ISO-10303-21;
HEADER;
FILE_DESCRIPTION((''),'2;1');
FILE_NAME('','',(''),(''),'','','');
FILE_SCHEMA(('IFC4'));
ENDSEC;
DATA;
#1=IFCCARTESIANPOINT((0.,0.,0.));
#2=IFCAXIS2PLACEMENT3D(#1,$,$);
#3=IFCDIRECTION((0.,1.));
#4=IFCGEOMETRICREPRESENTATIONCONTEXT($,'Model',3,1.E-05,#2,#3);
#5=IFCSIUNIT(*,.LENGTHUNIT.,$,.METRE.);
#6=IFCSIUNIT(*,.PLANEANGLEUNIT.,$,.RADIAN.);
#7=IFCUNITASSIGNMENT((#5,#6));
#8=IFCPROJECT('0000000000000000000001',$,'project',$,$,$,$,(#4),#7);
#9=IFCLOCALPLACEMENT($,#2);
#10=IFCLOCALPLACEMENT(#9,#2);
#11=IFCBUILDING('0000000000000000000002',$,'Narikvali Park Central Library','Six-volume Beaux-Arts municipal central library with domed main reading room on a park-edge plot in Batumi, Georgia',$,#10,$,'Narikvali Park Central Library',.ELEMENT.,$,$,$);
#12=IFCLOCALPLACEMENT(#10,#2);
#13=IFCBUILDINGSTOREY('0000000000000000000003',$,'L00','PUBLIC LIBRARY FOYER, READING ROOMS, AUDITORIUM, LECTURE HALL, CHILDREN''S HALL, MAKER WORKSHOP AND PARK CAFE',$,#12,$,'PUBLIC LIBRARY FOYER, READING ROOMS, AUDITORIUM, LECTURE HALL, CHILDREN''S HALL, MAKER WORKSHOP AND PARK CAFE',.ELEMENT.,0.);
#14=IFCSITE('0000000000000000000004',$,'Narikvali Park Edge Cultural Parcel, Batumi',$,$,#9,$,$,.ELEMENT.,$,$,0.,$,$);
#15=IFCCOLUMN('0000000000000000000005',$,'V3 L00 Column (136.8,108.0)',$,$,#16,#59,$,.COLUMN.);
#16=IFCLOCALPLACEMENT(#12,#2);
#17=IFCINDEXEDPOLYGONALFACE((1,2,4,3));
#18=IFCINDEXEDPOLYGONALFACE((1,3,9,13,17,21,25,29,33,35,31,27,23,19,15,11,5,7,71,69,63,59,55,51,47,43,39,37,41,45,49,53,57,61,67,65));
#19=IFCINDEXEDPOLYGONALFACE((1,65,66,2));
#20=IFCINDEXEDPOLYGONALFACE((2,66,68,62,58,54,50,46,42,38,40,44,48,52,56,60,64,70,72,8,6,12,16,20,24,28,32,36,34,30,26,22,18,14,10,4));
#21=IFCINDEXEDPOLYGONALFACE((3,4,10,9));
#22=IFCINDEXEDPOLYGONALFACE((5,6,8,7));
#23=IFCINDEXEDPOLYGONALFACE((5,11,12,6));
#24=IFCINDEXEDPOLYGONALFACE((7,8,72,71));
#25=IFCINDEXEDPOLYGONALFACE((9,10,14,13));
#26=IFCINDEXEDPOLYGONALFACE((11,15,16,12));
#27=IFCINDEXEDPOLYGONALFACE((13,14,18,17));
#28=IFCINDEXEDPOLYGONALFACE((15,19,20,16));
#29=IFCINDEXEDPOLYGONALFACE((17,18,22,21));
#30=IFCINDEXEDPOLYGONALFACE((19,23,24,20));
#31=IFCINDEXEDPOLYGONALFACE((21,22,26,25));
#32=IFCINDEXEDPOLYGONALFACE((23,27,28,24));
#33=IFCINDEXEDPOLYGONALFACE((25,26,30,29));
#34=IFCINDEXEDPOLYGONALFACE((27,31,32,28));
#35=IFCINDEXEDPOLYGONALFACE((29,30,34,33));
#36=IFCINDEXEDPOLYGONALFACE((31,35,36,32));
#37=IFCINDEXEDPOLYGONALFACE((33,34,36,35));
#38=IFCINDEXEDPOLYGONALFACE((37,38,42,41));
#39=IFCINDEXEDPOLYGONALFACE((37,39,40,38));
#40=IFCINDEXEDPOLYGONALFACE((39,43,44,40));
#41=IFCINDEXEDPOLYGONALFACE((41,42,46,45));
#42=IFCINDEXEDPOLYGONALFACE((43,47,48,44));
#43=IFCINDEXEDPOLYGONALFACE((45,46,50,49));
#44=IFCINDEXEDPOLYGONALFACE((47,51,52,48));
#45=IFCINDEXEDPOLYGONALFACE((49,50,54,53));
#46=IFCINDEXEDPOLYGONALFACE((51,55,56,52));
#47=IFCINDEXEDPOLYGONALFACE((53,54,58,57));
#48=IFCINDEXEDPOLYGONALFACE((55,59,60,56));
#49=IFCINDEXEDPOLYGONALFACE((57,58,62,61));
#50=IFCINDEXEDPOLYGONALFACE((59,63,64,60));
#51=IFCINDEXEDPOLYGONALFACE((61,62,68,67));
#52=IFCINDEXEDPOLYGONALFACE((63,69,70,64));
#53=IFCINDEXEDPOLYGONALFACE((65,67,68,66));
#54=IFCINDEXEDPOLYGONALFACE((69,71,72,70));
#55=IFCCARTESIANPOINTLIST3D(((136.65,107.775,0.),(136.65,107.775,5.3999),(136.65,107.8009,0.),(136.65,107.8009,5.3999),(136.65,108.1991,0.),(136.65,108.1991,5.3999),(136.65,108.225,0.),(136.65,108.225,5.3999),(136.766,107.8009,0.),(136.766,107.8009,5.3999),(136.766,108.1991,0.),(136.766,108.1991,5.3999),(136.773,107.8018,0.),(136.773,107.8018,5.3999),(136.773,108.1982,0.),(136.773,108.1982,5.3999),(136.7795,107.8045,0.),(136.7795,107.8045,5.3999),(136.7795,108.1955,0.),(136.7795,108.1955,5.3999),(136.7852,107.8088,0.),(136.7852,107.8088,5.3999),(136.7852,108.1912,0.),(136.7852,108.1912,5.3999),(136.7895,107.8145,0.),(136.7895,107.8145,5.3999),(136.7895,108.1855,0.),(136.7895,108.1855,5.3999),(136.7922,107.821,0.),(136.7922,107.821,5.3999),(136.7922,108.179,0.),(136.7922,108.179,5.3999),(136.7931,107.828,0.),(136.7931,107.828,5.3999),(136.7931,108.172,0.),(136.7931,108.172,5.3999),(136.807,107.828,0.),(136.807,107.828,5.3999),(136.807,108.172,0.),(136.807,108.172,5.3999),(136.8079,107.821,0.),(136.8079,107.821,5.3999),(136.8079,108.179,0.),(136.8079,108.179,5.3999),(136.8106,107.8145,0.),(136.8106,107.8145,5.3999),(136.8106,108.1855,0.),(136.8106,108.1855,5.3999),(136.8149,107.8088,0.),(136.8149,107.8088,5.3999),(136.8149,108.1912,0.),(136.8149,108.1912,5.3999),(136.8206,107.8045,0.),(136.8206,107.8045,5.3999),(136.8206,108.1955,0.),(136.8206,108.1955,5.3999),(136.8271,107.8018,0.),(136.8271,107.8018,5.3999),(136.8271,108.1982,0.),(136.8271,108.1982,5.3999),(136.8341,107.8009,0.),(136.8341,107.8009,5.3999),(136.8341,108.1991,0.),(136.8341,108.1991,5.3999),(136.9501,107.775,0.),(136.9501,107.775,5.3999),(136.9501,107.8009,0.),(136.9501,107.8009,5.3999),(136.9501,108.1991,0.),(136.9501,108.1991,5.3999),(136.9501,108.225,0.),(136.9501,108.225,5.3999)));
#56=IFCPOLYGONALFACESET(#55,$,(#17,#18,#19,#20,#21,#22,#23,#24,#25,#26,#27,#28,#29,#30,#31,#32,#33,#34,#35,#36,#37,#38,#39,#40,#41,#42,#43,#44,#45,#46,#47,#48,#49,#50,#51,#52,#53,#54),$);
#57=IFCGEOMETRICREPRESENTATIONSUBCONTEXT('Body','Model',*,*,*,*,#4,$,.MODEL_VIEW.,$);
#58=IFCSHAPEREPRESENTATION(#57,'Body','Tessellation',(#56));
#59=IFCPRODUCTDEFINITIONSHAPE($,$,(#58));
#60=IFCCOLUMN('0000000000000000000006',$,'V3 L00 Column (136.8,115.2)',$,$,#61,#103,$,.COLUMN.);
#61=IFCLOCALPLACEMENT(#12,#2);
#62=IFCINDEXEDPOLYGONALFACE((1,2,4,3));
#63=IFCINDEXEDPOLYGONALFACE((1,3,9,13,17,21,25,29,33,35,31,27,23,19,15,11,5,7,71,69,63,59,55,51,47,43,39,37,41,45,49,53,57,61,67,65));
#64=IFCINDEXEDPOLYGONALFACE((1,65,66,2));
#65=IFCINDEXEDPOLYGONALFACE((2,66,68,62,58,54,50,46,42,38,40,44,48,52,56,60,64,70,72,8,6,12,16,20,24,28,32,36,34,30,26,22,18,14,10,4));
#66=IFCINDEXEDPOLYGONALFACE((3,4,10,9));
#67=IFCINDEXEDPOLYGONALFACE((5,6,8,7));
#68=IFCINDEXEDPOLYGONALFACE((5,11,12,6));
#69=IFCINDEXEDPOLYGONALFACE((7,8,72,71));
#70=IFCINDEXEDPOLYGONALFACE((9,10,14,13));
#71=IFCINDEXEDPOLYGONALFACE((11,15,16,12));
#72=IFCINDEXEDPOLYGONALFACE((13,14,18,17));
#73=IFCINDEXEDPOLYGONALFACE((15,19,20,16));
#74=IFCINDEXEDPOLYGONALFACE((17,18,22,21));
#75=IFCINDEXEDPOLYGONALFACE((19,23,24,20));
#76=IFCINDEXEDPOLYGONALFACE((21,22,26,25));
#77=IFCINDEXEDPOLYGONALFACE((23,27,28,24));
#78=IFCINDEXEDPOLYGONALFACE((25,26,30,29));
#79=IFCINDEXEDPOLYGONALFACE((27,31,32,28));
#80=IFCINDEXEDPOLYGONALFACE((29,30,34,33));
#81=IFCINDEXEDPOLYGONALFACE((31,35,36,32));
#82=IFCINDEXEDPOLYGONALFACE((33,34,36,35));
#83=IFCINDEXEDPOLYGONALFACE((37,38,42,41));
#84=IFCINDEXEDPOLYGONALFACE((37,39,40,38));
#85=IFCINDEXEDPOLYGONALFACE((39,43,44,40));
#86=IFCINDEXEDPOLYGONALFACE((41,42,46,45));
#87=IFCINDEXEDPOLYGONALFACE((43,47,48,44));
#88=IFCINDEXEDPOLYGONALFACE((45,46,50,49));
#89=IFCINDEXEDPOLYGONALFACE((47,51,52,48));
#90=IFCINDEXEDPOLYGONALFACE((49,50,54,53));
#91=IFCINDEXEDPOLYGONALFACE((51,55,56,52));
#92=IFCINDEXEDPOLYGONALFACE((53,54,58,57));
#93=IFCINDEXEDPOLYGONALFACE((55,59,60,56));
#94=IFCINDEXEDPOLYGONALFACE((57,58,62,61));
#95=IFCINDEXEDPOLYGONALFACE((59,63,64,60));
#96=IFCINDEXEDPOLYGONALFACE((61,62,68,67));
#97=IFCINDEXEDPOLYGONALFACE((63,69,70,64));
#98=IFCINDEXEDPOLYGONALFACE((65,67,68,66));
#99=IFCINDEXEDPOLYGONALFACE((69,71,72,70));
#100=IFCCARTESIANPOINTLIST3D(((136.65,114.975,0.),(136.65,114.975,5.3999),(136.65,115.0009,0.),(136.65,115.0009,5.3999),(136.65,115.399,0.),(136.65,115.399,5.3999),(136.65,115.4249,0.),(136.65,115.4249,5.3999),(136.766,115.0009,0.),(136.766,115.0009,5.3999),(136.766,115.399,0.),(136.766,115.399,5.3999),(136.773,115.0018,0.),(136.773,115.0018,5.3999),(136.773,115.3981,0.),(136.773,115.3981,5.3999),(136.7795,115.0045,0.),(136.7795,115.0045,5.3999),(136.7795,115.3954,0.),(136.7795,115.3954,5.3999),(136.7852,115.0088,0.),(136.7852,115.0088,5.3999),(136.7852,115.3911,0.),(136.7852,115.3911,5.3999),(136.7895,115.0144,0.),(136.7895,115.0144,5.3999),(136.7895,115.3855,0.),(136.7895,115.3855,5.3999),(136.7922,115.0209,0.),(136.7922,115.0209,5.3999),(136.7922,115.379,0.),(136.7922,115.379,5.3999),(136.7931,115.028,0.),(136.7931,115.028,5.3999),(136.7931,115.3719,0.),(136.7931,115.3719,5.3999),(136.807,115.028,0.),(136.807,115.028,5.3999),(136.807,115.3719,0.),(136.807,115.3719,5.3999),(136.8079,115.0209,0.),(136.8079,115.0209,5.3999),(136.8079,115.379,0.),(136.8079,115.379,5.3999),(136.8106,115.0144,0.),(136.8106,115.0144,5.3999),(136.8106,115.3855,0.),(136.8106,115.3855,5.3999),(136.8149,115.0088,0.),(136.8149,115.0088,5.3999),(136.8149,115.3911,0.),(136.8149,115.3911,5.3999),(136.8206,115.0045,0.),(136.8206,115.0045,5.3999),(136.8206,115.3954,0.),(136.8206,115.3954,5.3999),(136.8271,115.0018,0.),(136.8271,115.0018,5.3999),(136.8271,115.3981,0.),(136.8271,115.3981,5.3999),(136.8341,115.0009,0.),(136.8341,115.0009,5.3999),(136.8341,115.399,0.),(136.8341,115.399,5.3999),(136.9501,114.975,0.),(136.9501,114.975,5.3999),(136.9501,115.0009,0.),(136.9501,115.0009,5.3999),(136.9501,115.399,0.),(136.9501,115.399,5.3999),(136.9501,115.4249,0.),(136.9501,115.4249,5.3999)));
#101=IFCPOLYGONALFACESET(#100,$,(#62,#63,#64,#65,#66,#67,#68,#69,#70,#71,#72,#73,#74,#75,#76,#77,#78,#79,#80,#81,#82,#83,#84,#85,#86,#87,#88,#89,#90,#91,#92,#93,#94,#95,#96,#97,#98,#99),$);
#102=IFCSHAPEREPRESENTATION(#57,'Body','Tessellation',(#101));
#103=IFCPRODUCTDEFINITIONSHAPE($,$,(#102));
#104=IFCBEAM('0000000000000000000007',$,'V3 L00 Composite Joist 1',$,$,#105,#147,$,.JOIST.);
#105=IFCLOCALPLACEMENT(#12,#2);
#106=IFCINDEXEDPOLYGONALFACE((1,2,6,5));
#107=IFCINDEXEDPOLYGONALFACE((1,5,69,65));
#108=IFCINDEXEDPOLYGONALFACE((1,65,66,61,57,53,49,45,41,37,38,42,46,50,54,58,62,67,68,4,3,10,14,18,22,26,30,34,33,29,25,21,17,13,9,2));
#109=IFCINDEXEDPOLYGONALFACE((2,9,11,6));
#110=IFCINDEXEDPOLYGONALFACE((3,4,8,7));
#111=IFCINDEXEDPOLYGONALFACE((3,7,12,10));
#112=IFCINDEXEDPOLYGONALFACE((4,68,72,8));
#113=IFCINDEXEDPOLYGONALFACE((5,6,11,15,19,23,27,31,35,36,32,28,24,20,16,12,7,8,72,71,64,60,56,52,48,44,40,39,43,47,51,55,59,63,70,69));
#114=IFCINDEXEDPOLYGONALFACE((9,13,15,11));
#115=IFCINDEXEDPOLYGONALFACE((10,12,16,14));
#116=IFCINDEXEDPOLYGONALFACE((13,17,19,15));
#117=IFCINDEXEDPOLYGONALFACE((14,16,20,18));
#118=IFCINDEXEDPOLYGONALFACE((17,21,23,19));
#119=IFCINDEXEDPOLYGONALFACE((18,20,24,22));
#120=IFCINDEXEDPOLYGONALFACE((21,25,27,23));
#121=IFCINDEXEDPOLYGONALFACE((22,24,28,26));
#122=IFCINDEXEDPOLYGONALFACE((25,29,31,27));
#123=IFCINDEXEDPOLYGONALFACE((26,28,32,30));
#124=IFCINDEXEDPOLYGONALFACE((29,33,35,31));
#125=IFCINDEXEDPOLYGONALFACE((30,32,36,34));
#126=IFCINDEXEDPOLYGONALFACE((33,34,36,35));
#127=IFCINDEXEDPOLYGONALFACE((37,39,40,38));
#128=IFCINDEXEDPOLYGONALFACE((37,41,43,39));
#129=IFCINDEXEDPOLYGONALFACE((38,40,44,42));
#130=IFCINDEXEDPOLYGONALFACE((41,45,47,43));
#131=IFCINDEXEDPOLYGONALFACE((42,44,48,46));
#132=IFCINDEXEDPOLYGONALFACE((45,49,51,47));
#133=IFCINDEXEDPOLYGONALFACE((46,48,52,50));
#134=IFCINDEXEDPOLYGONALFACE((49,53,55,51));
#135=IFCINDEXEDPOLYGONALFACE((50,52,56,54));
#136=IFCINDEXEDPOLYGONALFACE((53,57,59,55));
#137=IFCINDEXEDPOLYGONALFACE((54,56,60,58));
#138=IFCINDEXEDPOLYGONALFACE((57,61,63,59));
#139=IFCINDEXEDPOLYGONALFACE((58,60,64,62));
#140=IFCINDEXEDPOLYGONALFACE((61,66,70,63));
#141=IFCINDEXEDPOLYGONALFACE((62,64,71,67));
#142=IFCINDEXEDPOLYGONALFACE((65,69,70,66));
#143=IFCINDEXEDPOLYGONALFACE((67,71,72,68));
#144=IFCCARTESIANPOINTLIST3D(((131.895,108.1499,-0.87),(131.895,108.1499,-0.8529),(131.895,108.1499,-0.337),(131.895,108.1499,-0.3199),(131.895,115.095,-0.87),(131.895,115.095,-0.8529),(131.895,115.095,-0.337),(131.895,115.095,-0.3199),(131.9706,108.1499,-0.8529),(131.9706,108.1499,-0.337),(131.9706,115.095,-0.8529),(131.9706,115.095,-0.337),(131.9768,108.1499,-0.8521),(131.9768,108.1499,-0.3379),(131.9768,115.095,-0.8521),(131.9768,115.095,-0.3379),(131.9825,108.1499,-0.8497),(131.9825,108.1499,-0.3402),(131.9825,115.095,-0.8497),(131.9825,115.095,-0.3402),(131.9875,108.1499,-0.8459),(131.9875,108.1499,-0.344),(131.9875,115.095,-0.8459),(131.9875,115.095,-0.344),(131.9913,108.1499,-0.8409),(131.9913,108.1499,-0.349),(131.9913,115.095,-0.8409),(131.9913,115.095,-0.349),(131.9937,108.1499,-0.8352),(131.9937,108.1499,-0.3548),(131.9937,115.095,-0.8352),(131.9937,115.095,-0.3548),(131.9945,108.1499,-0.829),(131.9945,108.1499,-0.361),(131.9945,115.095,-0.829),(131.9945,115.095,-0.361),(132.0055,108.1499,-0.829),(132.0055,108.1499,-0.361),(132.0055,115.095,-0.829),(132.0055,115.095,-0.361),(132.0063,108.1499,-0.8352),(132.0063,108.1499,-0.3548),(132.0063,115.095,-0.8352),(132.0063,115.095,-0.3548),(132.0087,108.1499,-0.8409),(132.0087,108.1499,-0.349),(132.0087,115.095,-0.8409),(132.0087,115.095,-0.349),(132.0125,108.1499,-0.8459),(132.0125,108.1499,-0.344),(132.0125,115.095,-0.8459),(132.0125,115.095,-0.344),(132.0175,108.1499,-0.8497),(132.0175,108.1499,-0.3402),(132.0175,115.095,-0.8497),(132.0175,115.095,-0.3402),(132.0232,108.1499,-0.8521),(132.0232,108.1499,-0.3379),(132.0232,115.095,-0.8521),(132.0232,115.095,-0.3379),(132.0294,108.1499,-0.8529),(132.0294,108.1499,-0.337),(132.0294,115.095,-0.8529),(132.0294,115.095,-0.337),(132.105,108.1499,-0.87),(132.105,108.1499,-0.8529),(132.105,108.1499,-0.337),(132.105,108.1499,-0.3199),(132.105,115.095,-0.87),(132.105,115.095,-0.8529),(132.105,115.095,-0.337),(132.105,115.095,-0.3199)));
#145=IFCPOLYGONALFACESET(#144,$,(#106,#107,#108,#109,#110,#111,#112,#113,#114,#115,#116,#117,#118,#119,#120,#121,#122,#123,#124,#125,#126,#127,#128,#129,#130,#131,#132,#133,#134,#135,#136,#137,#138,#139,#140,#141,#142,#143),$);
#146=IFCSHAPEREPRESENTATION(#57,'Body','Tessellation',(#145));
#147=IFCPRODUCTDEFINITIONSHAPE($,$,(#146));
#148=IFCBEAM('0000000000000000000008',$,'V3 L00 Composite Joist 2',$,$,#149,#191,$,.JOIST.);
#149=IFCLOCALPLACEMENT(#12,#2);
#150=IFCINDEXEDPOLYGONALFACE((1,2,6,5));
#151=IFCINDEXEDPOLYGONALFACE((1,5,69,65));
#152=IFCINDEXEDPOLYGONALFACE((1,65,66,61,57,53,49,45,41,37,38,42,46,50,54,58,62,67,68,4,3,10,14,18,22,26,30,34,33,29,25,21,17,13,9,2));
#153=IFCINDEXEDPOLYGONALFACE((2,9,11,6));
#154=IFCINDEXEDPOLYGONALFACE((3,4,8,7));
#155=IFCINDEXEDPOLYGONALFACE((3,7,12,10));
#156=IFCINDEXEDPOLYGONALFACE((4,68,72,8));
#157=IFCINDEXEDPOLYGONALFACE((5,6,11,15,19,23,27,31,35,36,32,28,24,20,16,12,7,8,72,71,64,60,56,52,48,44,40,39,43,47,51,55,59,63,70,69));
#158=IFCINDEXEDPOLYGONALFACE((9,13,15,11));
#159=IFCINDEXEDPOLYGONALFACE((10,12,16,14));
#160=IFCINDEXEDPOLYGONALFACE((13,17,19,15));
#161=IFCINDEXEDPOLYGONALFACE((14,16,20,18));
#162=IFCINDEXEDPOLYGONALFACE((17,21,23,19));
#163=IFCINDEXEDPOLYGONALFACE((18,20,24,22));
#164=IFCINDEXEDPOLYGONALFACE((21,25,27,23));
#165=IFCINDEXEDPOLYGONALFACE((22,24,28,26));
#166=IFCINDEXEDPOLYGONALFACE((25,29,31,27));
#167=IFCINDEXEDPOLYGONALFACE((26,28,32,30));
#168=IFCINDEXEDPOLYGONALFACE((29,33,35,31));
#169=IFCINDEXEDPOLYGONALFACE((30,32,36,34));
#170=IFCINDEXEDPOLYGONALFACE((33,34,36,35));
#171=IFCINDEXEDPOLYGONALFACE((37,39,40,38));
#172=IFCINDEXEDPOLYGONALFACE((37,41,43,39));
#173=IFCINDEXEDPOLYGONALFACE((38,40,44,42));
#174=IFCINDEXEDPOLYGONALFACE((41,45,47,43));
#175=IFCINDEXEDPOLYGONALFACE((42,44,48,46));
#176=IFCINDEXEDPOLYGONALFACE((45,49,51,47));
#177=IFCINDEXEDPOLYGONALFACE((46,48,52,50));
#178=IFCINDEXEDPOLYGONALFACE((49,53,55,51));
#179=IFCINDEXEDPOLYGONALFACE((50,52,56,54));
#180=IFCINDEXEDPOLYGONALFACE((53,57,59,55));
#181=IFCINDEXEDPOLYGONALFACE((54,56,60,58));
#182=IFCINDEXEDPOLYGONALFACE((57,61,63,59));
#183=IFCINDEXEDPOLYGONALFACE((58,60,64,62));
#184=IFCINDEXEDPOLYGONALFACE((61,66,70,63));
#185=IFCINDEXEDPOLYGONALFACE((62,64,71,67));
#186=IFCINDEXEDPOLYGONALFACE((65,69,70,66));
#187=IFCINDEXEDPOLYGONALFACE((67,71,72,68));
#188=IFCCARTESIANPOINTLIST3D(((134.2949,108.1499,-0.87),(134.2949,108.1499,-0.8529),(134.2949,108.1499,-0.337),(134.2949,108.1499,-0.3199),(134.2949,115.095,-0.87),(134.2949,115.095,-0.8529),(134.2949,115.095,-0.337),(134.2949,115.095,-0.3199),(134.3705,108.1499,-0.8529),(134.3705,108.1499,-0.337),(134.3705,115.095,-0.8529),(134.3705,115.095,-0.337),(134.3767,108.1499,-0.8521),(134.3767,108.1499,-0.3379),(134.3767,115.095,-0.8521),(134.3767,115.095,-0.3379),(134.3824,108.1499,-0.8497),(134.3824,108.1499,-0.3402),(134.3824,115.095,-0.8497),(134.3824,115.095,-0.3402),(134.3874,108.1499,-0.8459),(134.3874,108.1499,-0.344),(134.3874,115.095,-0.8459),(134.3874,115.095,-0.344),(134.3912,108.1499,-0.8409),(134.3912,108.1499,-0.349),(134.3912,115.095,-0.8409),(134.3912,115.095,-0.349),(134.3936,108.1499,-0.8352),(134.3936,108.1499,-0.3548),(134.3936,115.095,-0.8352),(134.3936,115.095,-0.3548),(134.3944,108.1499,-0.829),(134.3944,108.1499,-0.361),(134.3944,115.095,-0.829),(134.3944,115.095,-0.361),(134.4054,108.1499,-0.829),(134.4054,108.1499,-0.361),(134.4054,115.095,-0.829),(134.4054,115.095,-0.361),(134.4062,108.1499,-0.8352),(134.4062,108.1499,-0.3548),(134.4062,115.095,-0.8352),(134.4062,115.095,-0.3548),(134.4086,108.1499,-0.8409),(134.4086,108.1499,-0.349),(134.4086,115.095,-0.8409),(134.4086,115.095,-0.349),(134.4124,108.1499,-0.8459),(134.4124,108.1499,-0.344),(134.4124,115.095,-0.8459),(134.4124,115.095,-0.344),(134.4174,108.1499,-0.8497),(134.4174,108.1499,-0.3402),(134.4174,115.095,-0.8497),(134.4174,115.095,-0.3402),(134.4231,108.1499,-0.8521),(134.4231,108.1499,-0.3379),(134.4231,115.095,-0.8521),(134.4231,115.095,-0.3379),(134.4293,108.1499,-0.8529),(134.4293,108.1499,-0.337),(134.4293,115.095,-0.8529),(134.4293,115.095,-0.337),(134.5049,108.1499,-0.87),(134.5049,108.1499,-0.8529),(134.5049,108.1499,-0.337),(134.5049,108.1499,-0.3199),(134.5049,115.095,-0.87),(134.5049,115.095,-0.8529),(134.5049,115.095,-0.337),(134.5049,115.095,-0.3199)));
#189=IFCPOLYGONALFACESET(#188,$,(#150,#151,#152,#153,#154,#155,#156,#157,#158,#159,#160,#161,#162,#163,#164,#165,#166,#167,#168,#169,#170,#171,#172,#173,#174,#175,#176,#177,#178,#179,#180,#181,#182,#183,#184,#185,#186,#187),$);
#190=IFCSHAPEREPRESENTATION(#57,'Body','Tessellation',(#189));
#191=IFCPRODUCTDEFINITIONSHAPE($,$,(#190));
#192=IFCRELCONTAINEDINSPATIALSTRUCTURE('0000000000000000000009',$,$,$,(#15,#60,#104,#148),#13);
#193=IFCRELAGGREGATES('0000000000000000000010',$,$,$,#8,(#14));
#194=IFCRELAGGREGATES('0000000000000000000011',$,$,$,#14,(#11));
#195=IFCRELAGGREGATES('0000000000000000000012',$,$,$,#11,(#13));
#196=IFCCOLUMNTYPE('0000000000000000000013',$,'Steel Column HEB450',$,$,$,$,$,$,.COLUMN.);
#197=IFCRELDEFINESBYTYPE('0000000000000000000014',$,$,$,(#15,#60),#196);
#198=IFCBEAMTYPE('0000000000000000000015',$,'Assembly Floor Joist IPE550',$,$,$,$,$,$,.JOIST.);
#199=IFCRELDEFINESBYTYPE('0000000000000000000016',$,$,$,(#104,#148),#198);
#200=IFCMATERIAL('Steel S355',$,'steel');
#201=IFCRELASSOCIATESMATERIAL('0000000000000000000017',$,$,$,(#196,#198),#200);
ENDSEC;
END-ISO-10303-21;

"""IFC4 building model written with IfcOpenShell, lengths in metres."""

from ifc_helpers import new_model, si_unit, direction, frame, origin, origin_2d, place, context, subcontext, project, spatial, i_section, extrude, material, material_profile, profile_set, type_object, element, save


model = new_model("IFC4")

# Units and contexts
model_context = context("Model", 3, precision=1e-05, world=origin(), true_north=direction((0.0, 1.0)))
body_context = subcontext(model_context, "Body", "Model", "MODEL_VIEW")
ifc_project = project(units=[si_unit("LENGTHUNIT", "METRE"), si_unit("PLANEANGLEUNIT", "RADIAN")], contexts=[model_context])

# Site, building, storey
site_placement = place(None, origin())
site = spatial("IfcSite", under=ifc_project, at=site_placement, Name="Narikvali Park Edge Cultural Parcel, Batumi", CompositionType="ELEMENT", RefElevation=0.0)
building_placement = place(site_placement, origin())
building = spatial("IfcBuilding", under=site, at=building_placement, Name="Narikvali Park Central Library", Description="Six-volume Beaux-Arts municipal central library with domed main reading room on a park-edge plot in Batumi, Georgia", LongName="Narikvali Park Central Library", CompositionType="ELEMENT")
storey_placement = place(building_placement, origin())
storey = spatial("IfcBuildingStorey", under=building, at=storey_placement, Name="L00", Description="PUBLIC LIBRARY FOYER, READING ROOMS, AUDITORIUM, LECTURE HALL, CHILDREN'S HALL, MAKER WORKSHOP AND PARK CAFE", LongName="PUBLIC LIBRARY FOYER, READING ROOMS, AUDITORIUM, LECTURE HALL, CHILDREN'S HALL, MAKER WORKSHOP AND PARK CAFE", CompositionType="ELEMENT", Elevation=0.0)

# Columns
ifc_material_1 = material(Name="Steel S355", Category="steel")
ifc_material_profile_1 = material_profile(ifc_material_1, i_section(OverallWidth=0.3, OverallDepth=0.45, WebThickness=0.0139, FlangeThickness=0.0259, FilletRadius=0.0271, at=origin_2d()), Name="HEB 450")
ifc_profile_set_1 = profile_set([ifc_material_profile_1], Name="Steel S355")
column_type = type_object("IfcColumnType", Name="Steel Column HEB450", PredefinedType="COLUMN", material=ifc_profile_set_1)
for number, where, z_axis, x_axis, name in (
    (1, (136.8, 108.0, 0.0), (0.0, 0.0, 1.0), (1.0, 0.0, 0.0), "V3 L00 Column (136.8,108.0)"),
    (2, (136.8, 115.2, 0.0), (0.0, 0.0, 1.0), (1.0, 0.0, 0.0), "V3 L00 Column (136.8,115.2)"),
):
    element("IfcColumn", number, at=place(storey_placement, frame(where, z_axis=z_axis, x_axis=x_axis)), inside=storey, type_object=column_type, Name=name, PredefinedType="COLUMN", context=body_context, shape_type="SweptSolid", body=[
        extrude(i_section(OverallWidth=0.3, OverallDepth=0.45, WebThickness=0.0139, FlangeThickness=0.0259, FilletRadius=0.0271, at=origin_2d()), origin(), (0.0, 0.0, 1.0), 5.3999),
    ])

# Beams
ifc_material_profile_2 = material_profile(ifc_material_1, i_section(OverallWidth=0.21, OverallDepth=0.55, WebThickness=0.011, FlangeThickness=0.0171, FilletRadius=0.0239, at=origin_2d()), Name="IPE 550")
ifc_profile_set_2 = profile_set([ifc_material_profile_2], Name="Steel S355")
beam_type_1 = type_object("IfcBeamType", Name="Assembly Floor Joist IPE550", PredefinedType="JOIST", material=ifc_profile_set_2)
for number, where, z_axis, x_axis, name in (
    (3, (132.0, 108.1499, -0.595), (0.0, 1.0, 0.0), (-1.0, 0.0, 0.0), "V3 L00 Composite Joist 1"),
    (4, (134.3999, 108.1499, -0.595), (0.0, 1.0, 0.0), (-1.0, 0.0, 0.0), "V3 L00 Composite Joist 2"),
):
    element("IfcBeam", number, at=place(storey_placement, frame(where, z_axis=z_axis, x_axis=x_axis)), inside=storey, type_object=beam_type_1, Name=name, PredefinedType="JOIST", context=body_context, shape_type="SweptSolid", body=[
        extrude(i_section(OverallWidth=0.21, OverallDepth=0.55, WebThickness=0.011, FlangeThickness=0.0171, FilletRadius=0.0239, at=origin_2d()), origin(), (0.0, 0.0, 1.0), 6.9451),
    ])

save(model, "model.ifc")
